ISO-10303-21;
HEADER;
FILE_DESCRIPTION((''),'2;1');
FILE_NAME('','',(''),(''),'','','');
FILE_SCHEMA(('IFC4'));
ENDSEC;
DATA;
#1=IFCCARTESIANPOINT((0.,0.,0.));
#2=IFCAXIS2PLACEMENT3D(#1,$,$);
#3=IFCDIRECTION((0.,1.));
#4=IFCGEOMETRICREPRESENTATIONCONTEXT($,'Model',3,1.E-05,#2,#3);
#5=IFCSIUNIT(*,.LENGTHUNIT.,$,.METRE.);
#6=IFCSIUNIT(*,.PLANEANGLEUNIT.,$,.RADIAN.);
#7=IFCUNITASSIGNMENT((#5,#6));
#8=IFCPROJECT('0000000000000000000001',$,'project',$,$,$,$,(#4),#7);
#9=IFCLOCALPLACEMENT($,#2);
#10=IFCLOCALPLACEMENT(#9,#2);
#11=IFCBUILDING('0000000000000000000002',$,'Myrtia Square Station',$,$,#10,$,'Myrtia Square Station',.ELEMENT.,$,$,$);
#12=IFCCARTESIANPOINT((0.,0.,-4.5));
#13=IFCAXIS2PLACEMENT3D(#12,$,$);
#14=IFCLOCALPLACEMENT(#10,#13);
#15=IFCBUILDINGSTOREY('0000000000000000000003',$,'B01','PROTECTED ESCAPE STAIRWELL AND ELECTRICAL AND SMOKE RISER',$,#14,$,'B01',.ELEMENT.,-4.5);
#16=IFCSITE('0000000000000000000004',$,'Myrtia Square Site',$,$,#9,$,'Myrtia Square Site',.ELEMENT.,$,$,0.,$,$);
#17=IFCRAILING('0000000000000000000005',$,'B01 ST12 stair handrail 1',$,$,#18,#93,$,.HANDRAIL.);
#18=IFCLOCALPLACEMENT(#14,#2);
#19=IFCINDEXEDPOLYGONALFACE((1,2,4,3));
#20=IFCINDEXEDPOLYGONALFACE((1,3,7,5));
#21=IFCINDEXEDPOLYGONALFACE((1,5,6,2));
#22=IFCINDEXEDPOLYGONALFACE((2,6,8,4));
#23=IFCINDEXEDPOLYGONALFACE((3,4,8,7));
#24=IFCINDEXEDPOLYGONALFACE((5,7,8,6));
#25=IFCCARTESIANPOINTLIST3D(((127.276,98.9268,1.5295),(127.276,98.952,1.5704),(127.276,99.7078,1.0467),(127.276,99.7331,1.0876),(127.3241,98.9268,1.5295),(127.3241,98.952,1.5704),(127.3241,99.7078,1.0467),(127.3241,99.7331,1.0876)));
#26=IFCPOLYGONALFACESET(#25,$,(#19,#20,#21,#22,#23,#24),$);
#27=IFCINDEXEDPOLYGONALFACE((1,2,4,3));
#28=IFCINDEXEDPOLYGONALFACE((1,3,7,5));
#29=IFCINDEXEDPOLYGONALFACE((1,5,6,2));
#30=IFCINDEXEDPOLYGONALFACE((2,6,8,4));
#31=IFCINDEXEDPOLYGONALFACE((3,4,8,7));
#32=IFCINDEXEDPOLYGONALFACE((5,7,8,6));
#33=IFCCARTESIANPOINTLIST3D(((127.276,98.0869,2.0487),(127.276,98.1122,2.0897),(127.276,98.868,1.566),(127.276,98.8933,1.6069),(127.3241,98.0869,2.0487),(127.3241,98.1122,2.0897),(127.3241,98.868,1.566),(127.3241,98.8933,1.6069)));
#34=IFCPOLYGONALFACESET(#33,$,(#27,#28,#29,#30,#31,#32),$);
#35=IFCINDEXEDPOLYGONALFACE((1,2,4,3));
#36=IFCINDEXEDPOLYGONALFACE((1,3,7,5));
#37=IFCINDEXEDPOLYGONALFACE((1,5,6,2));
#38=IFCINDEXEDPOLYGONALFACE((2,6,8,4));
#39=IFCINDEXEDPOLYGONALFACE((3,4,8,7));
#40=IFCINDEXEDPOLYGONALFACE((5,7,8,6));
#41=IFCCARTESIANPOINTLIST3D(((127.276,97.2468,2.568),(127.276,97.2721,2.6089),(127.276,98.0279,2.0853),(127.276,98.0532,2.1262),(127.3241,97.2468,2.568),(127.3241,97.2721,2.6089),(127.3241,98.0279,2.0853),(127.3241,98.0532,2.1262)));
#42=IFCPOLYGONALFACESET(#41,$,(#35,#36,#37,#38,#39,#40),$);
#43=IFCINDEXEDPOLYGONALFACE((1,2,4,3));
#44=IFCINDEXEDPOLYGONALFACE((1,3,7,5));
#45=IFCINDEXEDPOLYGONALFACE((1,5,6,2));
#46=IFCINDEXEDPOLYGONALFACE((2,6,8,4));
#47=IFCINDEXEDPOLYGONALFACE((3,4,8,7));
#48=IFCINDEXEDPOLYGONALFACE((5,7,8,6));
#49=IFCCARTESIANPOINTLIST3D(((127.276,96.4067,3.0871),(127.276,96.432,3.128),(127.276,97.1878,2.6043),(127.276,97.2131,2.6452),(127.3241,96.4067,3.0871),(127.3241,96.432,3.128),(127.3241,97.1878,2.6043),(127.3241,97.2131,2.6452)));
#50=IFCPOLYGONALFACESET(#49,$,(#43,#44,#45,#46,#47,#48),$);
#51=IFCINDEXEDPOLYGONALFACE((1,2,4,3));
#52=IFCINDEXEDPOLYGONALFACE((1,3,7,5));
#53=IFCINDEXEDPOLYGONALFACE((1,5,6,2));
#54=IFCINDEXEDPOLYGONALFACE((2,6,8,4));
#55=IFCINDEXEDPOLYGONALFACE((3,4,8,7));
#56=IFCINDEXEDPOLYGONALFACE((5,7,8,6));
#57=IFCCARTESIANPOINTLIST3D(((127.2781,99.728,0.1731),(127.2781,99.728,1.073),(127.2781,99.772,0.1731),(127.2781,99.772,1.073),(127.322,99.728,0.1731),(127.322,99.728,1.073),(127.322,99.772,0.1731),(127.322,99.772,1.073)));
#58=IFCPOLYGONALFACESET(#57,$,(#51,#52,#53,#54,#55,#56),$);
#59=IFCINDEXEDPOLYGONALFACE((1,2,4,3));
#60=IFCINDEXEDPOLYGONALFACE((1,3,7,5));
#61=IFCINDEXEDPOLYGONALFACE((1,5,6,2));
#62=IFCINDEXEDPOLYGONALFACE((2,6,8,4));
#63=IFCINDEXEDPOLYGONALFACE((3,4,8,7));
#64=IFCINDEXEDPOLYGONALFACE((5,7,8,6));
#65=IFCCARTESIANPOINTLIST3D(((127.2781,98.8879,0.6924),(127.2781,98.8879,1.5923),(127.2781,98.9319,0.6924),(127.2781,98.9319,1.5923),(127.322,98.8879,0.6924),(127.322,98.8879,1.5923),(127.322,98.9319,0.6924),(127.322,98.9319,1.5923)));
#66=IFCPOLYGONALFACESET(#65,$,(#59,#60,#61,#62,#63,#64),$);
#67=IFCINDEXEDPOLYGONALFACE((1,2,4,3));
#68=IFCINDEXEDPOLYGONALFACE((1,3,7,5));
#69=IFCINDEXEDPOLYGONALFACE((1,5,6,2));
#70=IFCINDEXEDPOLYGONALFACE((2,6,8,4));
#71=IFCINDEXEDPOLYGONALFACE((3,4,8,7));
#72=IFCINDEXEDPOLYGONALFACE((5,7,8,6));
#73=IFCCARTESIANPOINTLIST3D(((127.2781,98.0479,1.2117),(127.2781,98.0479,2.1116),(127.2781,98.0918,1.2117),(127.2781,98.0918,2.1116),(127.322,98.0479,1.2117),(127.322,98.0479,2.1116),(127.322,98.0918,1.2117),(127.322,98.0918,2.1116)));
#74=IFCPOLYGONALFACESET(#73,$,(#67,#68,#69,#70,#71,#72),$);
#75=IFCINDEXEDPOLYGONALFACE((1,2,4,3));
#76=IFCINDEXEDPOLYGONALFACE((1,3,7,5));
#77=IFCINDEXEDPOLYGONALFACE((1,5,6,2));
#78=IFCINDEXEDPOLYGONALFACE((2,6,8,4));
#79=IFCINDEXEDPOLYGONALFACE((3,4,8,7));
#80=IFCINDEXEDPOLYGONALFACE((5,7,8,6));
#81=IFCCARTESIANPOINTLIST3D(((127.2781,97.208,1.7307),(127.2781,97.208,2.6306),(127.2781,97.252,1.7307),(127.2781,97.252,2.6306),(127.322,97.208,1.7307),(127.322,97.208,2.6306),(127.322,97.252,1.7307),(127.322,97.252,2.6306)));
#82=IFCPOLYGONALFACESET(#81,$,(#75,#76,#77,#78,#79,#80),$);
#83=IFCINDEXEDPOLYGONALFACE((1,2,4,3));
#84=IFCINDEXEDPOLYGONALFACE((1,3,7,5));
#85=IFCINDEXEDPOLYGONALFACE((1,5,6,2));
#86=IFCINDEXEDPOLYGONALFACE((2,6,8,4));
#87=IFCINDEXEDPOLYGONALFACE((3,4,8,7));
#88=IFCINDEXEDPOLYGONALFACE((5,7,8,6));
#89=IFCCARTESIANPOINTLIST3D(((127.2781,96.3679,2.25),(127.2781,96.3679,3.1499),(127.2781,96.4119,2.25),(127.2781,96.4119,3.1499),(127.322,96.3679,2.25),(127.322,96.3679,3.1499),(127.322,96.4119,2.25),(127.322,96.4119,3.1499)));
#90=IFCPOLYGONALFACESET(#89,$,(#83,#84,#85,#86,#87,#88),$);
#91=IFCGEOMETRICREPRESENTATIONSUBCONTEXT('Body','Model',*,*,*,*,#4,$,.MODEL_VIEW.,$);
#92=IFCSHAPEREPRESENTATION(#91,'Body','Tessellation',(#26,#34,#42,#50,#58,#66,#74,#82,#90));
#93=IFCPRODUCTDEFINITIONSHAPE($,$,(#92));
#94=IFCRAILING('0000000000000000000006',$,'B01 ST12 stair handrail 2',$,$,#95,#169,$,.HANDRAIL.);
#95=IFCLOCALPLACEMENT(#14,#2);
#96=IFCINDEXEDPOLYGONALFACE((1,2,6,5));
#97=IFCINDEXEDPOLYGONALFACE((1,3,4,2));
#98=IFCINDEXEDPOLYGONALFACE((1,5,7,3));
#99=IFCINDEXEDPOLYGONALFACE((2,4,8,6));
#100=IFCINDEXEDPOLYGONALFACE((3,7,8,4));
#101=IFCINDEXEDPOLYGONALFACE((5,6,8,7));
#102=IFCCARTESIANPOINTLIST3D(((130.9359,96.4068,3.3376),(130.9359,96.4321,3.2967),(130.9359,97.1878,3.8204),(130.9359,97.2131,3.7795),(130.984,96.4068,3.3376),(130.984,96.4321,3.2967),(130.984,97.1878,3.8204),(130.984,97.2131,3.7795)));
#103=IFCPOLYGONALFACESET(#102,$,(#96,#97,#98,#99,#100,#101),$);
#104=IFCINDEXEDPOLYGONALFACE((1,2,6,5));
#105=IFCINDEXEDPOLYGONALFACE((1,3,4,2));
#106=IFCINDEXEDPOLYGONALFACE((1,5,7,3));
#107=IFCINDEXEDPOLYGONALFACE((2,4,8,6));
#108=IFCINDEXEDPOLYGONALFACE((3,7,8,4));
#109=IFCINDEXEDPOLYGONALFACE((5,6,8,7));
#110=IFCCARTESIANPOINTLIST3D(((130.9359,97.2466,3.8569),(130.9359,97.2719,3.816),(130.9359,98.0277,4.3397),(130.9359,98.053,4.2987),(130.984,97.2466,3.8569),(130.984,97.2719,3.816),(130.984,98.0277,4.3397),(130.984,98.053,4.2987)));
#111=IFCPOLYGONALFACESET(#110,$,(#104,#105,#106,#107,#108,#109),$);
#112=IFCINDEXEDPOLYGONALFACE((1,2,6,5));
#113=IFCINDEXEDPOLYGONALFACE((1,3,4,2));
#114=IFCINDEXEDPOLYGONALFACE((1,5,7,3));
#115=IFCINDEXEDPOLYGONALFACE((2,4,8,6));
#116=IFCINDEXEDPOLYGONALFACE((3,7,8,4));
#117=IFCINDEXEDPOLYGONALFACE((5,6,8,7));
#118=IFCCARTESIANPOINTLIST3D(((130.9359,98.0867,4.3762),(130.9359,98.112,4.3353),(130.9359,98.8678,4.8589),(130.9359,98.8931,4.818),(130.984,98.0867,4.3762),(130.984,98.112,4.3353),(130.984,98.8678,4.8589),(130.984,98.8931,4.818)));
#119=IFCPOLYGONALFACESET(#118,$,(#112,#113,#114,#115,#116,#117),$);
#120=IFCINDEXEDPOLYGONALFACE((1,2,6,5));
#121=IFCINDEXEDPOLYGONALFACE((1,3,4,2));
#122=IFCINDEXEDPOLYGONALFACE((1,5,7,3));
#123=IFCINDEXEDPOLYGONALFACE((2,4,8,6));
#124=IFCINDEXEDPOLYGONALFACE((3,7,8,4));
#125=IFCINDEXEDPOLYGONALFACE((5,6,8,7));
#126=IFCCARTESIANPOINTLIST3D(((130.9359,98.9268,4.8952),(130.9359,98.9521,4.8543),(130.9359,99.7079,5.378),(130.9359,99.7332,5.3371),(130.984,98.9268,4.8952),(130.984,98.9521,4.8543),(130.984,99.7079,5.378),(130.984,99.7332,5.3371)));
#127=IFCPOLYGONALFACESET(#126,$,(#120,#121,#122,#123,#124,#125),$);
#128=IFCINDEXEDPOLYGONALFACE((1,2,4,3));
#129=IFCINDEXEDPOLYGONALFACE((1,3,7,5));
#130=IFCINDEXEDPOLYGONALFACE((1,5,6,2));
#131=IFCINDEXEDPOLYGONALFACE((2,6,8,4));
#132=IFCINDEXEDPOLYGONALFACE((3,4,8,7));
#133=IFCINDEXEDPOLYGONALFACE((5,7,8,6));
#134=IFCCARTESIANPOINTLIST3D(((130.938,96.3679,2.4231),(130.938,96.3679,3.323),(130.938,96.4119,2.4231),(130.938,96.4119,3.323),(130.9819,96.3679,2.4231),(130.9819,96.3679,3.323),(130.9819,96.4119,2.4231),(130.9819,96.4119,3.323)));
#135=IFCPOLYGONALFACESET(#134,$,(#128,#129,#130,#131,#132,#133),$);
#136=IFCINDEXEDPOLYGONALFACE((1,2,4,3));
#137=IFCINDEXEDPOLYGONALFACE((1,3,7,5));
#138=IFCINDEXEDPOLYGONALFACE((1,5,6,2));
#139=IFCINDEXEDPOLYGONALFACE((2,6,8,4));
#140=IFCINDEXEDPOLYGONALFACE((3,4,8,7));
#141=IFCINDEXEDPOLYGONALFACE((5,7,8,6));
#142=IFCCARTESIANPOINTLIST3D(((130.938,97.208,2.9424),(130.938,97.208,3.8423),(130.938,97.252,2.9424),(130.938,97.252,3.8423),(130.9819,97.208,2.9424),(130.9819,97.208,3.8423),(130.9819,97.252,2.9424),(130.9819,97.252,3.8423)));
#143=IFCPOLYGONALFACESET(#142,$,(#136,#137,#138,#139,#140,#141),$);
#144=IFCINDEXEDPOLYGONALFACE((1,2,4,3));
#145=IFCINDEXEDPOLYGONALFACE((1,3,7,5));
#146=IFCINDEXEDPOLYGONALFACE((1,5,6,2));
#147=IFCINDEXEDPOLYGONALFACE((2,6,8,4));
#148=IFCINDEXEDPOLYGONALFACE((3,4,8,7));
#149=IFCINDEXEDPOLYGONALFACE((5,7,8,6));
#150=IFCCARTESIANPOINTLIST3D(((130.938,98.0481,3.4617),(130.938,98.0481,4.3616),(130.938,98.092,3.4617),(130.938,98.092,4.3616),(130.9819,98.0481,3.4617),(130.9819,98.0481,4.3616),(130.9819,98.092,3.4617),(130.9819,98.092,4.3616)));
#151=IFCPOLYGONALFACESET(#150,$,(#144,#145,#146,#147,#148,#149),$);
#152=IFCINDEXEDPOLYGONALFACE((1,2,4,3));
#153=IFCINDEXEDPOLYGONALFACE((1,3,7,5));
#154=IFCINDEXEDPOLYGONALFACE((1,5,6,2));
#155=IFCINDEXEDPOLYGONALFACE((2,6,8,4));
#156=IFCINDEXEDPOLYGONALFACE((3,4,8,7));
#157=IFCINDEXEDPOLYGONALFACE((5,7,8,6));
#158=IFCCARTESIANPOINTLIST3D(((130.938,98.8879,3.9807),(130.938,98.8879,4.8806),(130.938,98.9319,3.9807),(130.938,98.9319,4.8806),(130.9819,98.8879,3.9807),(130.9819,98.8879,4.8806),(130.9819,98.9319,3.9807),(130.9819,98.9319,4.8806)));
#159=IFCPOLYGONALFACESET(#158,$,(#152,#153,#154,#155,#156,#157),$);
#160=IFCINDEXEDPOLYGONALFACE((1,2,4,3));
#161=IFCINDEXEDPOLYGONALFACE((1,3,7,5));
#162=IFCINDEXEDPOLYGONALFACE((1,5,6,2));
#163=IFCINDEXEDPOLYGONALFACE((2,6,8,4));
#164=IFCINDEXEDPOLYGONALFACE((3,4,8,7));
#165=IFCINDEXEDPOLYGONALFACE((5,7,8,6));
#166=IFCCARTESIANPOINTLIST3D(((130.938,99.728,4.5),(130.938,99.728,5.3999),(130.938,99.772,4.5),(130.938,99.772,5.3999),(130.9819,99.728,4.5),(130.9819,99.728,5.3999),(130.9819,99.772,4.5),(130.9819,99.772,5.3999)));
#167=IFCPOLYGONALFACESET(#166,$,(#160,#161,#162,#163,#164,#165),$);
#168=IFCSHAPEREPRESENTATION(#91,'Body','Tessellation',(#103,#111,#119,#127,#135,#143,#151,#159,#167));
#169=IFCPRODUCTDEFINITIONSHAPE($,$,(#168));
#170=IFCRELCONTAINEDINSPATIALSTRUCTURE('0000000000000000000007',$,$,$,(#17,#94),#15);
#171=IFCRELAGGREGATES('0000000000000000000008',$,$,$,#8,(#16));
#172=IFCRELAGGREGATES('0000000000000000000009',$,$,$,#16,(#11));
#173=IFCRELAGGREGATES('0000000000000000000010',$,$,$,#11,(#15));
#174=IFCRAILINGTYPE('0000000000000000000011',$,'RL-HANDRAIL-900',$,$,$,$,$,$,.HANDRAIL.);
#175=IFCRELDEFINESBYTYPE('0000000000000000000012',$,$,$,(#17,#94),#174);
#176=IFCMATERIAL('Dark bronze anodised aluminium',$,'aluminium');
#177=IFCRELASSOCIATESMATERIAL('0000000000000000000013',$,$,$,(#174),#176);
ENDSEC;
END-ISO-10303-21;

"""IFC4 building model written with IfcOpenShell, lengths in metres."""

from ifc_helpers import new_model, si_unit, direction, frame, origin, origin_2d, place, context, subcontext, project, spatial, rectangle, extrude, material, type_object, element, save


model = new_model("IFC4")

# Units and contexts
model_context = context("Model", 3, precision=1e-05, world=origin(), true_north=direction((0.0, 1.0)))
body_context = subcontext(model_context, "Body", "Model", "MODEL_VIEW")
ifc_project = project(units=[si_unit("LENGTHUNIT", "METRE"), si_unit("PLANEANGLEUNIT", "RADIAN")], contexts=[model_context])

# Site, building, storey
site_placement = place(None, origin())
site = spatial("IfcSite", under=ifc_project, at=site_placement, Name="Myrtia Square Site", LongName="Myrtia Square Site", CompositionType="ELEMENT", RefElevation=0.0)
building_placement = place(site_placement, origin())
building = spatial("IfcBuilding", under=site, at=building_placement, Name="Myrtia Square Station", LongName="Myrtia Square Station", CompositionType="ELEMENT")
storey_placement = place(building_placement, frame((0.0, 0.0, -4.5)))
storey = spatial("IfcBuildingStorey", under=building, at=storey_placement, Name="B01", Description="PROTECTED ESCAPE STAIRWELL AND ELECTRICAL AND SMOKE RISER", LongName="B01", CompositionType="ELEMENT", Elevation=-4.5)

# Shared definitions
ifc_material_1 = material(Name="Dark bronze anodised aluminium", Category="aluminium")

# Railings
railing_type_1 = type_object("IfcRailingType", Name="RL-HANDRAIL-900", PredefinedType="HANDRAIL", material=ifc_material_1)
railing_1_placement = place(storey_placement, frame((127.3, 99.75, 0.1731)))
element("IfcRailing", 1, at=railing_1_placement, inside=storey, type_object=railing_type_1, Name="B01 ST12 stair handrail 1", PredefinedType="HANDRAIL", context=body_context, shape_type="SweptSolid", body=[
    extrude(rectangle(XDim=0.0481, YDim=0.0481, at=origin_2d()), frame((0.0, -0.0295, 0.894), z_axis=(0.0, -0.850623, 0.525776), x_axis=(1.0, 0.0, 0.0)), (0.0, 0.0, 1.0), 0.9182),
    extrude(rectangle(XDim=0.0481, YDim=0.0481, at=origin_2d()), frame((0.0, -0.8694, 1.4133), z_axis=(0.0, -0.850623, 0.525776), x_axis=(1.0, 0.0, 0.0)), (0.0, 0.0, 1.0), 0.9182),
    extrude(rectangle(XDim=0.0481, YDim=0.0481, at=origin_2d()), frame((0.0, -1.7095, 1.9326), z_axis=(0.0, -0.850623, 0.525776), x_axis=(1.0, 0.0, 0.0)), (0.0, 0.0, 1.0), 0.9182),
    extrude(rectangle(XDim=0.0481, YDim=0.0481, at=origin_2d()), frame((0.0, -2.5496, 2.4517), z_axis=(0.0, -0.850623, 0.525776), x_axis=(1.0, 0.0, 0.0)), (0.0, 0.0, 1.0), 0.9182),
    extrude(rectangle(XDim=0.0439, YDim=0.0439, at=origin_2d()), origin(), (0.0, 0.0, 1.0), 0.8999),
    extrude(rectangle(XDim=0.0439, YDim=0.0439, at=origin_2d()), frame((0.0, -0.8401, 0.5193)), (0.0, 0.0, 1.0), 0.8999),
    extrude(rectangle(XDim=0.0439, YDim=0.0439, at=origin_2d()), frame((0.0, -1.6802, 1.0386)), (0.0, 0.0, 1.0), 0.8999),
    extrude(rectangle(XDim=0.0439, YDim=0.0439, at=origin_2d()), frame((0.0, -2.52, 1.5576)), (0.0, 0.0, 1.0), 0.8999),
    extrude(rectangle(XDim=0.0439, YDim=0.0439, at=origin_2d()), frame((0.0, -3.3601, 2.0769)), (0.0, 0.0, 1.0), 0.8999),
])
railing_2_placement = place(storey_placement, frame((130.96, 96.3899, 2.4231)))
element("IfcRailing", 2, at=railing_2_placement, inside=storey, type_object=railing_type_1, Name="B01 ST12 stair handrail 2", PredefinedType="HANDRAIL", context=body_context, shape_type="SweptSolid", body=[
    extrude(rectangle(XDim=0.0481, YDim=0.0481, at=origin_2d()), frame((0.0, 0.0295, 0.894), z_axis=(0.0, 0.850623, 0.525776), x_axis=(-1.0, 0.0, 0.0)), (0.0, 0.0, 1.0), 0.9182),
    extrude(rectangle(XDim=0.0481, YDim=0.0481, at=origin_2d()), frame((0.0, 0.8694, 1.4133), z_axis=(0.0, 0.850623, 0.525776), x_axis=(-1.0, 0.0, 0.0)), (0.0, 0.0, 1.0), 0.9182),
    extrude(rectangle(XDim=0.0481, YDim=0.0481, at=origin_2d()), frame((0.0, 1.7095, 1.9326), z_axis=(0.0, 0.850623, 0.525776), x_axis=(-1.0, 0.0, 0.0)), (0.0, 0.0, 1.0), 0.9182),
    extrude(rectangle(XDim=0.0481, YDim=0.0481, at=origin_2d()), frame((0.0, 2.5496, 2.4517), z_axis=(0.0, 0.850623, 0.525776), x_axis=(-1.0, 0.0, 0.0)), (0.0, 0.0, 1.0), 0.9182),
    extrude(rectangle(XDim=0.0439, YDim=0.0439, at=origin_2d()), origin(), (0.0, 0.0, 1.0), 0.8999),
    extrude(rectangle(XDim=0.0439, YDim=0.0439, at=origin_2d()), frame((0.0, 0.8401, 0.5193)), (0.0, 0.0, 1.0), 0.8999),
    extrude(rectangle(XDim=0.0439, YDim=0.0439, at=origin_2d()), frame((0.0, 1.6802, 1.0386)), (0.0, 0.0, 1.0), 0.8999),
    extrude(rectangle(XDim=0.0439, YDim=0.0439, at=origin_2d()), frame((0.0, 2.52, 1.5576)), (0.0, 0.0, 1.0), 0.8999),
    extrude(rectangle(XDim=0.0439, YDim=0.0439, at=origin_2d()), frame((0.0, 3.3601, 2.0769)), (0.0, 0.0, 1.0), 0.8999),
])

save(model, "model.ifc")
